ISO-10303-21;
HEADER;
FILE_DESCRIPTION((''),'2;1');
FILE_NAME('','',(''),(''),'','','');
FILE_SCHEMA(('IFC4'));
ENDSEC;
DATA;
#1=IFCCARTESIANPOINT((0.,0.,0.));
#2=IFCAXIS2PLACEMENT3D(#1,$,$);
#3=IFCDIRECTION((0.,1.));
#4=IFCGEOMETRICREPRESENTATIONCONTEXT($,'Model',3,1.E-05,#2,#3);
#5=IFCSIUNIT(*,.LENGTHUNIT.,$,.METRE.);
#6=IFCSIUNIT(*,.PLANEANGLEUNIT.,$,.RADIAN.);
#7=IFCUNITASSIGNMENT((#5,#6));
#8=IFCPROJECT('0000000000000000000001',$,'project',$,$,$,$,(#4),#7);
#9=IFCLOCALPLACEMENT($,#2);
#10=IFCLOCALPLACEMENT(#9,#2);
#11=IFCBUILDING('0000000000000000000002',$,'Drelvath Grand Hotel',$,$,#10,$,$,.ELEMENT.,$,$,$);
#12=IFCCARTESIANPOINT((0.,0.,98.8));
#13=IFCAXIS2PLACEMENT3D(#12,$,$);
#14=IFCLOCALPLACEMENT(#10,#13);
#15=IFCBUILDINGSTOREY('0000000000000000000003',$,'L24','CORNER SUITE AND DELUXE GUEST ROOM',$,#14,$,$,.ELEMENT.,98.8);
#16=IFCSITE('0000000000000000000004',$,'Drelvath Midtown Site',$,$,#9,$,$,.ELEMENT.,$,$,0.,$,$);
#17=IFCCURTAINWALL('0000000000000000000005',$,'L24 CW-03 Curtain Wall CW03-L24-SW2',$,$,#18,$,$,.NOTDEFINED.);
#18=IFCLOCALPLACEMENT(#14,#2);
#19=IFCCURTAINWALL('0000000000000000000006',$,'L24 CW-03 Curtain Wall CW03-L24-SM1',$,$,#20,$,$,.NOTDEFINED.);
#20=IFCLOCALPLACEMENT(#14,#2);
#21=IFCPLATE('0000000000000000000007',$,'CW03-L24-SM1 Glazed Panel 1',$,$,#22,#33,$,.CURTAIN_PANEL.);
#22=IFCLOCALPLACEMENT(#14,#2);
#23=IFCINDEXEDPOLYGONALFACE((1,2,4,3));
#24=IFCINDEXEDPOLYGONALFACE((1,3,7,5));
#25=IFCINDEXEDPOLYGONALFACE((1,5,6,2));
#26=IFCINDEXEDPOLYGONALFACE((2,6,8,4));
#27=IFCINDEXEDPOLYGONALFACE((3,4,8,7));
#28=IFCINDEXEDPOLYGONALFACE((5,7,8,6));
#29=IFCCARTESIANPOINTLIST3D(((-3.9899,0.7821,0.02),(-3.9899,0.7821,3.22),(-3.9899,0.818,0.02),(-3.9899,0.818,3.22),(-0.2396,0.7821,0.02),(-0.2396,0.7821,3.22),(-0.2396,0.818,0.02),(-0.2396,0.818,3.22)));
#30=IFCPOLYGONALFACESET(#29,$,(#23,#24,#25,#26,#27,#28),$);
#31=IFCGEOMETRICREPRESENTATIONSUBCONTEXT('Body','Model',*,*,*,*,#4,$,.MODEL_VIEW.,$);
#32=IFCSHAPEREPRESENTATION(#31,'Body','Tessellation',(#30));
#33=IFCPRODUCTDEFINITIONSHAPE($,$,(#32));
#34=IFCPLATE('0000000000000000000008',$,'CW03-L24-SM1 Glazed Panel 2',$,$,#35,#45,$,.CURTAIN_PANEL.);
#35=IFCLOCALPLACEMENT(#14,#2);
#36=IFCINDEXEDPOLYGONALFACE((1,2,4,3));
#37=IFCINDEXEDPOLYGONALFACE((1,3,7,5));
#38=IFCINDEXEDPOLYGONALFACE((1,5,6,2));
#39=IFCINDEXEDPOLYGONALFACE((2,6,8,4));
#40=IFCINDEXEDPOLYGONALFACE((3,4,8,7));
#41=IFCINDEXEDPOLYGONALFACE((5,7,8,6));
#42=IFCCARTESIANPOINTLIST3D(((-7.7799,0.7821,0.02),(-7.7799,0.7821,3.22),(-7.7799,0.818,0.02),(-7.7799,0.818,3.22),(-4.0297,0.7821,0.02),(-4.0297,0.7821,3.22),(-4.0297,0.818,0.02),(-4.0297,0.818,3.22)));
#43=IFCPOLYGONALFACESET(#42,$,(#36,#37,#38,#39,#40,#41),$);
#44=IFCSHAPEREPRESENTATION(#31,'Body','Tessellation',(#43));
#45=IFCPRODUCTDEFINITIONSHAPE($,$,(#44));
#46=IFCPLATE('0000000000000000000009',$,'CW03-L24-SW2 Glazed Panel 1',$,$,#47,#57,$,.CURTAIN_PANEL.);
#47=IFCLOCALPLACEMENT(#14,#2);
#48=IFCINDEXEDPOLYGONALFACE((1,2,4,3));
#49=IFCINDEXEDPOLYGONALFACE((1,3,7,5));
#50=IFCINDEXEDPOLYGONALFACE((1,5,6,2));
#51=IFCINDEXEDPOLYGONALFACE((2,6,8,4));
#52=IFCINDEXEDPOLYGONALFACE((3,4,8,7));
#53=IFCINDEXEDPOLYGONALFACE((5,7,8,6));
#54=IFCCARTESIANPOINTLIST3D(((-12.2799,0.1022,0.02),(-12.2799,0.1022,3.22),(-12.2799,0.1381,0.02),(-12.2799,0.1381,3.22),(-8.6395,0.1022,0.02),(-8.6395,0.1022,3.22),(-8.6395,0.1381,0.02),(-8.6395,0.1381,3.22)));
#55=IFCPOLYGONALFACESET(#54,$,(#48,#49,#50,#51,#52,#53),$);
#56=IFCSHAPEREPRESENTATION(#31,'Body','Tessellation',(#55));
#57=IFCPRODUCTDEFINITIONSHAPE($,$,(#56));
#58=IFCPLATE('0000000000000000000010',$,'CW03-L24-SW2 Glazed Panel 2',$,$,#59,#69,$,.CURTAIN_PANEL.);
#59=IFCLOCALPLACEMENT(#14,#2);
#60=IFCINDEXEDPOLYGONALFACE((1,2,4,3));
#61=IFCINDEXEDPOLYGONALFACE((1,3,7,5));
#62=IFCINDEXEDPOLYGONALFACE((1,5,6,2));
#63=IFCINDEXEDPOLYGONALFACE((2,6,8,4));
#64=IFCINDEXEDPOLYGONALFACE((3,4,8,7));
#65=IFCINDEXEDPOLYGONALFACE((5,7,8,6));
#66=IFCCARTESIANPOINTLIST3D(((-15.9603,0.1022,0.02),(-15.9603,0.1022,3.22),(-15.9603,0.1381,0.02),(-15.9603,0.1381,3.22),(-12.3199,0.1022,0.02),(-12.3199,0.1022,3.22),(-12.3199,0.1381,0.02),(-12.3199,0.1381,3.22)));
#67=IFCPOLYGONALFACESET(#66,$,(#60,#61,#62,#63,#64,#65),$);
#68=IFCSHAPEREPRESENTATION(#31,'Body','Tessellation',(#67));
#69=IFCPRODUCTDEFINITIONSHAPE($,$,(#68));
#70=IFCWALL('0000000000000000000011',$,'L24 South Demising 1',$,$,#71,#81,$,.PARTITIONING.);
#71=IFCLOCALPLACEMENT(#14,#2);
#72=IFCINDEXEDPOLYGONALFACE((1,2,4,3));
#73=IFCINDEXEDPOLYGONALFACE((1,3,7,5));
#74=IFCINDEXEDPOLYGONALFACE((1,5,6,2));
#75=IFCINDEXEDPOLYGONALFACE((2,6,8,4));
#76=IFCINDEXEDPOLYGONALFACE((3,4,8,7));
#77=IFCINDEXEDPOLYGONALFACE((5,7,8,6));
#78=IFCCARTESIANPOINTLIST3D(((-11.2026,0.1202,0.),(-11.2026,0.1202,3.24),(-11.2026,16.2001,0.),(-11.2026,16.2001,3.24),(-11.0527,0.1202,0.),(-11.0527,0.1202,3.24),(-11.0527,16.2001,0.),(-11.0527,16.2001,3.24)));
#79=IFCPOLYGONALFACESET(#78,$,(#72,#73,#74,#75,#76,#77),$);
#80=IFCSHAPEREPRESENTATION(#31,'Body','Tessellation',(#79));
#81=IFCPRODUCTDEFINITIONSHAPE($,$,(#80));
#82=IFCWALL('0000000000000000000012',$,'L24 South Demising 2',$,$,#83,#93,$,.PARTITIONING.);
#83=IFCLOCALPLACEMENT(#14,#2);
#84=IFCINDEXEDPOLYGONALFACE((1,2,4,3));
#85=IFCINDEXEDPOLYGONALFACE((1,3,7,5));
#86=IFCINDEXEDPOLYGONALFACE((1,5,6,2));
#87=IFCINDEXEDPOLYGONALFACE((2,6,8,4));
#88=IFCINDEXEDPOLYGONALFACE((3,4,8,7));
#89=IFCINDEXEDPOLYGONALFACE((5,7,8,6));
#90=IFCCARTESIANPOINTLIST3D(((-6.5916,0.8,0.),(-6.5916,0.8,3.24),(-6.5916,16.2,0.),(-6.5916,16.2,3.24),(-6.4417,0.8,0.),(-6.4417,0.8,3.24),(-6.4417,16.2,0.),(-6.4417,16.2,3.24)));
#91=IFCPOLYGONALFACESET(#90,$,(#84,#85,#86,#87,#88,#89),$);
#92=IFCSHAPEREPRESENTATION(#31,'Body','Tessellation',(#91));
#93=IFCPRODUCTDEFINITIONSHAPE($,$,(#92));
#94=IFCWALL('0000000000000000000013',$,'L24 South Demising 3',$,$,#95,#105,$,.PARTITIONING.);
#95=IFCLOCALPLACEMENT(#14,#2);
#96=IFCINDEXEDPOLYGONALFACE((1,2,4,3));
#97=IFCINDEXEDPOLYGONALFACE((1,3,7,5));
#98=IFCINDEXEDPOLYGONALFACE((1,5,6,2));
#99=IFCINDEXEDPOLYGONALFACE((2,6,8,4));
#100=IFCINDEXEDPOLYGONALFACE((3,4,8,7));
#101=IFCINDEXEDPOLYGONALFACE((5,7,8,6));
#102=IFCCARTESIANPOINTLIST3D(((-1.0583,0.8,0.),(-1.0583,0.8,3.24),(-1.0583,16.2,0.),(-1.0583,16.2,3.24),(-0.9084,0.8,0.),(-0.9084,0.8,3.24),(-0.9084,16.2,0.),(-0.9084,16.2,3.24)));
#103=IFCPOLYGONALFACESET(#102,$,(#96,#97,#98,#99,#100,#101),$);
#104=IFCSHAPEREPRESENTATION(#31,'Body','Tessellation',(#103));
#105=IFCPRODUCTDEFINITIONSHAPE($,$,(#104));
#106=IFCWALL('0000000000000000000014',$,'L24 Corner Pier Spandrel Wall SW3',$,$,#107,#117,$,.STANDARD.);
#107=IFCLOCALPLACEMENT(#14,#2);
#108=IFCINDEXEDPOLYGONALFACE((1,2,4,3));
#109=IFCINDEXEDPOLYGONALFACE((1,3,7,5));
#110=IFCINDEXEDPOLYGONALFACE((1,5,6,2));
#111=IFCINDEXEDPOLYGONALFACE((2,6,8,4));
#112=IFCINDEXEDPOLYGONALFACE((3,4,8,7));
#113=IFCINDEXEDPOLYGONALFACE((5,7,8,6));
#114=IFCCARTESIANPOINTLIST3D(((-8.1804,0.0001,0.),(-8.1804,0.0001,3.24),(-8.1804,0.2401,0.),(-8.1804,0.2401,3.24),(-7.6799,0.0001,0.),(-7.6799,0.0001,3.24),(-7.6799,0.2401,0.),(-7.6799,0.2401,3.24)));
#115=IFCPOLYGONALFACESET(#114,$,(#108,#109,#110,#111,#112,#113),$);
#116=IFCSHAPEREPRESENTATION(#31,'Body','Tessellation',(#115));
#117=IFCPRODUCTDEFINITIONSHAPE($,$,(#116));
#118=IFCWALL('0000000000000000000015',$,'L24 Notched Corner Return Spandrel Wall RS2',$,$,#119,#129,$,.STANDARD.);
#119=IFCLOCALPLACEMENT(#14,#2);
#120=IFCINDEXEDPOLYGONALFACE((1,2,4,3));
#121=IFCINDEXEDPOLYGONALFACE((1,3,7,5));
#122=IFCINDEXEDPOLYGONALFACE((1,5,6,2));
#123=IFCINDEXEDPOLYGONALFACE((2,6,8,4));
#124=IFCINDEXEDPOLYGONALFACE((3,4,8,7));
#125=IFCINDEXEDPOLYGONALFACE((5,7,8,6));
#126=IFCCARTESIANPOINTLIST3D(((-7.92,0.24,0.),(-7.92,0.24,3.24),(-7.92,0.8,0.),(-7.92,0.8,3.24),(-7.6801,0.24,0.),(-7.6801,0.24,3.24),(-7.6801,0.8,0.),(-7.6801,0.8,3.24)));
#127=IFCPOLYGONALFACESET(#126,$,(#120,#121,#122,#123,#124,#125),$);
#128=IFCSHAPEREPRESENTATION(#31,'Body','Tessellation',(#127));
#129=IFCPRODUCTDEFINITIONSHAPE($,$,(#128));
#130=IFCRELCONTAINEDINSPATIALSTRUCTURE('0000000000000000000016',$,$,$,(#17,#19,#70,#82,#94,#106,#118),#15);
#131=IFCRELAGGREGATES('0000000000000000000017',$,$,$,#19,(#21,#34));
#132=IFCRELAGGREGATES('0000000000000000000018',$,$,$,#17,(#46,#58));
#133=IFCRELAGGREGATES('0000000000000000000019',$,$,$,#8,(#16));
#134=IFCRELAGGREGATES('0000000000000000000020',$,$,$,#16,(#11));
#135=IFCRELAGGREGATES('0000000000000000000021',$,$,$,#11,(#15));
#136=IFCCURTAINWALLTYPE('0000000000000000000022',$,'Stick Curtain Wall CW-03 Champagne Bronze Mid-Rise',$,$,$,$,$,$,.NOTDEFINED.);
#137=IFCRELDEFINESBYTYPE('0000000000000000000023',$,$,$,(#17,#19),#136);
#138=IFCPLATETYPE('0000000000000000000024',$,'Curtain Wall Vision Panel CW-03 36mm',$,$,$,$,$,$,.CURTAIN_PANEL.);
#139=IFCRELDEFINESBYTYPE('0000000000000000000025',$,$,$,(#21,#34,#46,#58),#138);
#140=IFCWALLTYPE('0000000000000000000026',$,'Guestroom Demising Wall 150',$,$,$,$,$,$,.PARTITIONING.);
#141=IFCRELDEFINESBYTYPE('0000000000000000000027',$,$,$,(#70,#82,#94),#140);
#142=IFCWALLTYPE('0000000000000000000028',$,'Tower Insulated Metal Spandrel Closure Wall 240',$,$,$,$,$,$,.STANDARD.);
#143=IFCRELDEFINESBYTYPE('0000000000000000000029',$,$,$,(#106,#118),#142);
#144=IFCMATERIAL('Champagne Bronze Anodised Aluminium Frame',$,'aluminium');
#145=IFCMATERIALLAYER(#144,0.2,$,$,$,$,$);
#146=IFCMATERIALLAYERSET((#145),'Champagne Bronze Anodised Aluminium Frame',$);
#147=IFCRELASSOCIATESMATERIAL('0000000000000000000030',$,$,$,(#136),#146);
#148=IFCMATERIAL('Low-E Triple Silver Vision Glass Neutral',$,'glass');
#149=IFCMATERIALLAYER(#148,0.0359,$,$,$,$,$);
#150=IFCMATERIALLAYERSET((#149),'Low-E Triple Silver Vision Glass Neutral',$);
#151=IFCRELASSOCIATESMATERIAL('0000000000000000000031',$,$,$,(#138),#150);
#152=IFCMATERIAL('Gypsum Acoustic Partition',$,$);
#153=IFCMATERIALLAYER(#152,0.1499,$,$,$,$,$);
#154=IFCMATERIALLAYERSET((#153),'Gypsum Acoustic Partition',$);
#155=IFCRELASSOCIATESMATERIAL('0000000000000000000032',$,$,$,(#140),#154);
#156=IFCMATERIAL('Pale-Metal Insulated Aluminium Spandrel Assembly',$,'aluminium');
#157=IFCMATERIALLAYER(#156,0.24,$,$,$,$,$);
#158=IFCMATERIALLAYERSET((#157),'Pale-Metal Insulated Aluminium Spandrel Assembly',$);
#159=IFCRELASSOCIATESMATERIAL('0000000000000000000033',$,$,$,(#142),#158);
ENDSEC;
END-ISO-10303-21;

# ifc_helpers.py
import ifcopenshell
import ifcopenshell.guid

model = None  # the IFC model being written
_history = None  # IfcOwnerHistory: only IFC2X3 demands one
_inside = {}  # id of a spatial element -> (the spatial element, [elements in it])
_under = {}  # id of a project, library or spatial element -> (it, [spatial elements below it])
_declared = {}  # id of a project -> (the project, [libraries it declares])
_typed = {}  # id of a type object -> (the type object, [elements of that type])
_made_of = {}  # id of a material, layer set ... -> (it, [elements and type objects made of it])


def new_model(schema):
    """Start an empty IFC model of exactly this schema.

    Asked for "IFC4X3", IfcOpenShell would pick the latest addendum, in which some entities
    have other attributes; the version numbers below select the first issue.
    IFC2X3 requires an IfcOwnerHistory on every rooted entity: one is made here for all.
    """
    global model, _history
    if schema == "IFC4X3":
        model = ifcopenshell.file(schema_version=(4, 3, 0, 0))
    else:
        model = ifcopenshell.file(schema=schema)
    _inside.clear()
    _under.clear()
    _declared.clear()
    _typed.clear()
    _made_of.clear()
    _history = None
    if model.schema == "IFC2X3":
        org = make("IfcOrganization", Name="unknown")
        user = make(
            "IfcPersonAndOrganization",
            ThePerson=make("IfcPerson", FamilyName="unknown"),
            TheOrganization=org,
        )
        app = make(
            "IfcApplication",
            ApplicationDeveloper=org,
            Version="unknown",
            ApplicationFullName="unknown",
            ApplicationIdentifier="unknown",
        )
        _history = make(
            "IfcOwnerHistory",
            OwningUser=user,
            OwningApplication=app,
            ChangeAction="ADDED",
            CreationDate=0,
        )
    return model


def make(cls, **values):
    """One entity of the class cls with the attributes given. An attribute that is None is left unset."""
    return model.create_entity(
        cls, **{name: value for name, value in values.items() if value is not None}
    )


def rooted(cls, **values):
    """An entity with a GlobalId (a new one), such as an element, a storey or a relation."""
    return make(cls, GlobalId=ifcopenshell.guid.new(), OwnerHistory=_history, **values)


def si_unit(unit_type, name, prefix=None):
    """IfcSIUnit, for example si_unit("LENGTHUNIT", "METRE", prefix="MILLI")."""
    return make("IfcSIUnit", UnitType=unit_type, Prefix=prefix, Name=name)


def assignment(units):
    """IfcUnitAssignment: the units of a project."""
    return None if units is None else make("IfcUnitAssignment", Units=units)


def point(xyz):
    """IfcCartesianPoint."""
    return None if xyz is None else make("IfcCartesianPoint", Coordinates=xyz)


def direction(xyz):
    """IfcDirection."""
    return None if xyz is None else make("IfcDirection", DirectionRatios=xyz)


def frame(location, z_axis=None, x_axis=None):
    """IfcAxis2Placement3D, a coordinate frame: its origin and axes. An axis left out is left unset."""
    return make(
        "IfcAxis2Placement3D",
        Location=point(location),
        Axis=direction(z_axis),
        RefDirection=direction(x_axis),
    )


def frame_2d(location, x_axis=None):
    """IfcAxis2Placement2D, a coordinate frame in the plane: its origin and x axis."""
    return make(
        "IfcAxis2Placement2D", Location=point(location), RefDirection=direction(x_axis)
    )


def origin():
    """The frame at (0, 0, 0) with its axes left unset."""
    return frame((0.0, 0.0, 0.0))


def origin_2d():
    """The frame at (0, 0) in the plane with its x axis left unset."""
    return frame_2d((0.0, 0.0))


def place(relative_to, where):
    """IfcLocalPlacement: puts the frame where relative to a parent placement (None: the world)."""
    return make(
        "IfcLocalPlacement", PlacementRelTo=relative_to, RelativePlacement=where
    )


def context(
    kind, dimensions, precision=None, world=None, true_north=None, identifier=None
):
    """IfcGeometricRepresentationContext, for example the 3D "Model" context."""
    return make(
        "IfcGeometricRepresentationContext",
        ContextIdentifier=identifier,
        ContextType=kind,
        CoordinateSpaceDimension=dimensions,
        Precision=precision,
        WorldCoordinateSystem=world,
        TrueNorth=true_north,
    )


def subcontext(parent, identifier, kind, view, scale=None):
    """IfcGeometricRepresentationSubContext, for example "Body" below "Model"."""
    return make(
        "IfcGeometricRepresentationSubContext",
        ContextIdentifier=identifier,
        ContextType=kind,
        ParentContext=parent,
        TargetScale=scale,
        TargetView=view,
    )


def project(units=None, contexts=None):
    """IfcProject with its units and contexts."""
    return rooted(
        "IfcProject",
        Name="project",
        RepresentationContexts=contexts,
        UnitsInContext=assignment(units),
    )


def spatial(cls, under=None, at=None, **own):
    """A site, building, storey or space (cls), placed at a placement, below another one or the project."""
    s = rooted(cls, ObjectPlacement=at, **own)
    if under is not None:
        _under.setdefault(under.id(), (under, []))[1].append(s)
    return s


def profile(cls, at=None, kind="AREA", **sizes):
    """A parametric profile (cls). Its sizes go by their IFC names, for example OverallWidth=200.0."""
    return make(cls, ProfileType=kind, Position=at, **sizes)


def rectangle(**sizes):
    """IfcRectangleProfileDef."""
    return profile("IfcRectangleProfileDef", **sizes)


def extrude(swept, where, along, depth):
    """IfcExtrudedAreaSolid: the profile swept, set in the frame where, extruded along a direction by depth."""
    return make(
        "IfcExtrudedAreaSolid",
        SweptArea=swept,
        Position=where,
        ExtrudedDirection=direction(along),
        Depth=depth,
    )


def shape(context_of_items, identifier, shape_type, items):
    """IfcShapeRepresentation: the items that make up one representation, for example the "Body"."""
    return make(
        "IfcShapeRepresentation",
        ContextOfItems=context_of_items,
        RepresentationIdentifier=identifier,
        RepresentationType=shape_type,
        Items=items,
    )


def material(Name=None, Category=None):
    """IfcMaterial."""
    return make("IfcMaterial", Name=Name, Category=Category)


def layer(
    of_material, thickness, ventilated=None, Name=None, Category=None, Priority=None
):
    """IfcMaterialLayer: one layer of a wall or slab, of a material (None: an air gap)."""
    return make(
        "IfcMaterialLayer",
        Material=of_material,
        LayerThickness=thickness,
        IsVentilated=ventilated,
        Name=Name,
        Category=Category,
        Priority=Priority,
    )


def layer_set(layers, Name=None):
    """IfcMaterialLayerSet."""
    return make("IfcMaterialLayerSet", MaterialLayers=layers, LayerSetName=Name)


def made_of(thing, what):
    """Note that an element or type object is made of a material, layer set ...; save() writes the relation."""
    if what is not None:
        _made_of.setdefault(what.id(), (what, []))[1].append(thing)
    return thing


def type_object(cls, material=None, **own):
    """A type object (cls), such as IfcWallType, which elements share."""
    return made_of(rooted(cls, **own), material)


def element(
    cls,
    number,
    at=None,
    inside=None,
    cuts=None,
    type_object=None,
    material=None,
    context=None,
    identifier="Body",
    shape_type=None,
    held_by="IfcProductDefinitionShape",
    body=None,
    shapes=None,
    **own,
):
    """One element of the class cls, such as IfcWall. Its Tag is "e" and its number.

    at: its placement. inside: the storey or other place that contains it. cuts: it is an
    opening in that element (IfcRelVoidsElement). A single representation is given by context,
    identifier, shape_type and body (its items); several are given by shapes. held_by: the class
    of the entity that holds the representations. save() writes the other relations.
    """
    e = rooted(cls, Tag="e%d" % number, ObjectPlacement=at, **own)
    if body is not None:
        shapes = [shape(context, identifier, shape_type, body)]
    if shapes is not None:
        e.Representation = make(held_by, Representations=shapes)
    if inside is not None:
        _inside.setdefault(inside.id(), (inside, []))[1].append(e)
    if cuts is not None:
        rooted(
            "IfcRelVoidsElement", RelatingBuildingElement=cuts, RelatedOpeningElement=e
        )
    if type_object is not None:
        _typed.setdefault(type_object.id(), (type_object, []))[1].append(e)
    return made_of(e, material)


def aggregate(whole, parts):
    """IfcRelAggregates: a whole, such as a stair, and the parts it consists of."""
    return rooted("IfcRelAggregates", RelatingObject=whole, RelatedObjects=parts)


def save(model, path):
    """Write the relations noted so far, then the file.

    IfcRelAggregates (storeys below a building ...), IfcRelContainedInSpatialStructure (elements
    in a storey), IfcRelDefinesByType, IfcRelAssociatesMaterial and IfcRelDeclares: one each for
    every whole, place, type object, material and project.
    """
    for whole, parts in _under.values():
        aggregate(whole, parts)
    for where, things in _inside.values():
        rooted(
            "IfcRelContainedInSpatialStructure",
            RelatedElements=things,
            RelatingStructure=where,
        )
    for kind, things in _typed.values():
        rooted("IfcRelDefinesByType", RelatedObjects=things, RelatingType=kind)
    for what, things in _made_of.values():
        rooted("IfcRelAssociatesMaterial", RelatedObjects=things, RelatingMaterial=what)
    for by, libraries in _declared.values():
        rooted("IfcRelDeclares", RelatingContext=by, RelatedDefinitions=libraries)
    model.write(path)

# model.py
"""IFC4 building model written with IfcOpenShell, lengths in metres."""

from ifc_helpers import new_model, si_unit, direction, frame, frame_2d, origin, origin_2d, place, context, subcontext, project, spatial, rectangle, extrude, material, layer, layer_set, type_object, element, aggregate, save


model = new_model("IFC4")

# Units and contexts
model_context = context("Model", 3, precision=1e-05, world=origin(), true_north=direction((0.0, 1.0)))
body_context = subcontext(model_context, "Body", "Model", "MODEL_VIEW")
ifc_project = project(units=[si_unit("LENGTHUNIT", "METRE"), si_unit("PLANEANGLEUNIT", "RADIAN")], contexts=[model_context])

# Site, building, storey
site_placement = place(None, origin())
site = spatial("IfcSite", under=ifc_project, at=site_placement, Name="Drelvath Midtown Site", CompositionType="ELEMENT", RefElevation=0.0)
building_placement = place(site_placement, origin())
building = spatial("IfcBuilding", under=site, at=building_placement, Name="Drelvath Grand Hotel", CompositionType="ELEMENT")
storey_placement = place(building_placement, frame((0.0, 0.0, 98.8)))
storey = spatial("IfcBuildingStorey", under=building, at=storey_placement, Name="L24", Description="CORNER SUITE AND DELUXE GUEST ROOM", CompositionType="ELEMENT", Elevation=98.8)

# Curtain wall
ifc_material_1 = material(Name="Champagne Bronze Anodised Aluminium Frame", Category="aluminium")
ifc_layer_1 = layer(ifc_material_1, 0.2)
ifc_layer_set_1 = layer_set([ifc_layer_1], Name="Champagne Bronze Anodised Aluminium Frame")
curtain_wall_type = type_object("IfcCurtainWallType", Name="Stick Curtain Wall CW-03 Champagne Bronze Mid-Rise", PredefinedType="NOTDEFINED", material=ifc_layer_set_1)
curtain_wall_1_placement = place(storey_placement, origin())
curtain_wall_1 = element("IfcCurtainWall", 1, at=curtain_wall_1_placement, inside=storey, type_object=curtain_wall_type, Name="L24 CW-03 Curtain Wall CW03-L24-SW2", PredefinedType="NOTDEFINED")

# Curtain wall
curtain_wall_2_placement = place(storey_placement, origin())
curtain_wall_2 = element("IfcCurtainWall", 2, at=curtain_wall_2_placement, inside=storey, type_object=curtain_wall_type, Name="L24 CW-03 Curtain Wall CW03-L24-SM1", PredefinedType="NOTDEFINED")

# Plates
ifc_material_2 = material(Name="Low-E Triple Silver Vision Glass Neutral", Category="glass")
ifc_layer_2 = layer(ifc_material_2, 0.0359)
ifc_layer_set_2 = layer_set([ifc_layer_2], Name="Low-E Triple Silver Vision Glass Neutral")
plate_type = type_object("IfcPlateType", Name="Curtain Wall Vision Panel CW-03 36mm", PredefinedType="CURTAIN_PANEL", material=ifc_layer_set_2)
plate_1_placement = place(storey_placement, frame((-2.1147, 0.8, 0.02), z_axis=(0.0, 0.0, 1.0), x_axis=(-1.0, 0.0, 0.0)))
plate_1 = element("IfcPlate", 3, at=plate_1_placement, type_object=plate_type, Name="CW03-L24-SM1 Glazed Panel 1", PredefinedType="CURTAIN_PANEL", context=body_context, shape_type="SweptSolid", body=[
    extrude(rectangle(XDim=3.7502, YDim=0.0359, at=origin_2d()), origin(), (0.0, 0.0, 1.0), 3.2),
])
plate_2_placement = place(storey_placement, frame((-5.9048, 0.8, 0.02), z_axis=(0.0, 0.0, 1.0), x_axis=(-1.0, 0.0, 0.0)))
plate_2 = element("IfcPlate", 4, at=plate_2_placement, type_object=plate_type, Name="CW03-L24-SM1 Glazed Panel 2", PredefinedType="CURTAIN_PANEL", context=body_context, shape_type="SweptSolid", body=[
    extrude(rectangle(XDim=3.7502, YDim=0.0359, at=origin_2d()), origin(), (0.0, 0.0, 1.0), 3.2),
])
aggregate(curtain_wall_2, [plate_1, plate_2])
plate_3_placement = place(storey_placement, frame((-10.4597, 0.1201, 0.02), z_axis=(0.0, 0.0, 1.0), x_axis=(-1.0, 0.0, 0.0)))
plate_3 = element("IfcPlate", 5, at=plate_3_placement, type_object=plate_type, Name="CW03-L24-SW2 Glazed Panel 1", PredefinedType="CURTAIN_PANEL", context=body_context, shape_type="SweptSolid", body=[
    extrude(rectangle(XDim=3.6404, YDim=0.0359, at=origin_2d()), origin(), (0.0, 0.0, 1.0), 3.2),
])
plate_4_placement = place(storey_placement, frame((-14.1401, 0.1201, 0.02), z_axis=(0.0, 0.0, 1.0), x_axis=(-1.0, 0.0, 0.0)))
plate_4 = element("IfcPlate", 6, at=plate_4_placement, type_object=plate_type, Name="CW03-L24-SW2 Glazed Panel 2", PredefinedType="CURTAIN_PANEL", context=body_context, shape_type="SweptSolid", body=[
    extrude(rectangle(XDim=3.6404, YDim=0.0359, at=origin_2d()), origin(), (0.0, 0.0, 1.0), 3.2),
])
aggregate(curtain_wall_1, [plate_3, plate_4])

# Walls
ifc_material_3 = material(Name="Gypsum Acoustic Partition")
ifc_layer_3 = layer(ifc_material_3, 0.1499)
ifc_layer_set_3 = layer_set([ifc_layer_3], Name="Gypsum Acoustic Partition")
wall_type_1 = type_object("IfcWallType", Name="Guestroom Demising Wall 150", PredefinedType="PARTITIONING", material=ifc_layer_set_3)
wall_1_placement = place(storey_placement, frame((-11.1277, 0.1201, 0.0), z_axis=(0.0, 0.0, 1.0), x_axis=(0.0, 1.0, 0.0)))
element("IfcWall", 7, at=wall_1_placement, inside=storey, type_object=wall_type_1, Name="L24 South Demising 1", PredefinedType="PARTITIONING", context=body_context, shape_type="SweptSolid", body=[
    extrude(rectangle(XDim=16.0798, YDim=0.1499, at=frame_2d((8.04, 0.0))), origin(), (0.0, 0.0, 1.0), 3.24),
])
for number, where, z_axis, x_axis, name in (
    (8, (-6.5166, 0.8, 0.0), (0.0, 0.0, 1.0), (0.0, 1.0, 0.0), "L24 South Demising 2"),
    (9, (-0.9834, 0.8, 0.0), (0.0, 0.0, 1.0), (0.0, 1.0, 0.0), "L24 South Demising 3"),
):
    element("IfcWall", number, at=place(storey_placement, frame(where, z_axis=z_axis, x_axis=x_axis)), inside=storey, type_object=wall_type_1, Name=name, PredefinedType="PARTITIONING", context=body_context, shape_type="SweptSolid", body=[
        extrude(rectangle(XDim=15.3999, YDim=0.1499, at=frame_2d((7.7, 0.0))), origin(), (0.0, 0.0, 1.0), 3.24),
    ])
ifc_material_4 = material(Name="Pale-Metal Insulated Aluminium Spandrel Assembly", Category="aluminium")
ifc_layer_4 = layer(ifc_material_4, 0.24)
ifc_layer_set_4 = layer_set([ifc_layer_4], Name="Pale-Metal Insulated Aluminium Spandrel Assembly")
wall_type_2 = type_object("IfcWallType", Name="Tower Insulated Metal Spandrel Closure Wall 240", PredefinedType="STANDARD", material=ifc_layer_set_4)
wall_2_placement = place(storey_placement, frame((-7.6799, 0.1201, 0.0), z_axis=(0.0, 0.0, 1.0), x_axis=(-1.0, 0.0, 0.0)))
element("IfcWall", 10, at=wall_2_placement, inside=storey, type_object=wall_type_2, Name="L24 Corner Pier Spandrel Wall SW3", PredefinedType="STANDARD", context=body_context, shape_type="SweptSolid", body=[
    extrude(rectangle(XDim=0.5005, YDim=0.24, at=frame_2d((0.2502, 0.0))), origin(), (0.0, 0.0, 1.0), 3.24),
])
wall_3_placement = place(storey_placement, frame((-7.8, 0.8, 0.0), z_axis=(0.0, 0.0, 1.0), x_axis=(0.0, -1.0, 0.0)))
element("IfcWall", 11, at=wall_3_placement, inside=storey, type_object=wall_type_2, Name="L24 Notched Corner Return Spandrel Wall RS2", PredefinedType="STANDARD", context=body_context, shape_type="SweptSolid", body=[
    extrude(rectangle(XDim=0.5601, YDim=0.24, at=frame_2d((0.28, 0.0))), origin(), (0.0, 0.0, 1.0), 3.24),
])

save(model, "model.ifc")
